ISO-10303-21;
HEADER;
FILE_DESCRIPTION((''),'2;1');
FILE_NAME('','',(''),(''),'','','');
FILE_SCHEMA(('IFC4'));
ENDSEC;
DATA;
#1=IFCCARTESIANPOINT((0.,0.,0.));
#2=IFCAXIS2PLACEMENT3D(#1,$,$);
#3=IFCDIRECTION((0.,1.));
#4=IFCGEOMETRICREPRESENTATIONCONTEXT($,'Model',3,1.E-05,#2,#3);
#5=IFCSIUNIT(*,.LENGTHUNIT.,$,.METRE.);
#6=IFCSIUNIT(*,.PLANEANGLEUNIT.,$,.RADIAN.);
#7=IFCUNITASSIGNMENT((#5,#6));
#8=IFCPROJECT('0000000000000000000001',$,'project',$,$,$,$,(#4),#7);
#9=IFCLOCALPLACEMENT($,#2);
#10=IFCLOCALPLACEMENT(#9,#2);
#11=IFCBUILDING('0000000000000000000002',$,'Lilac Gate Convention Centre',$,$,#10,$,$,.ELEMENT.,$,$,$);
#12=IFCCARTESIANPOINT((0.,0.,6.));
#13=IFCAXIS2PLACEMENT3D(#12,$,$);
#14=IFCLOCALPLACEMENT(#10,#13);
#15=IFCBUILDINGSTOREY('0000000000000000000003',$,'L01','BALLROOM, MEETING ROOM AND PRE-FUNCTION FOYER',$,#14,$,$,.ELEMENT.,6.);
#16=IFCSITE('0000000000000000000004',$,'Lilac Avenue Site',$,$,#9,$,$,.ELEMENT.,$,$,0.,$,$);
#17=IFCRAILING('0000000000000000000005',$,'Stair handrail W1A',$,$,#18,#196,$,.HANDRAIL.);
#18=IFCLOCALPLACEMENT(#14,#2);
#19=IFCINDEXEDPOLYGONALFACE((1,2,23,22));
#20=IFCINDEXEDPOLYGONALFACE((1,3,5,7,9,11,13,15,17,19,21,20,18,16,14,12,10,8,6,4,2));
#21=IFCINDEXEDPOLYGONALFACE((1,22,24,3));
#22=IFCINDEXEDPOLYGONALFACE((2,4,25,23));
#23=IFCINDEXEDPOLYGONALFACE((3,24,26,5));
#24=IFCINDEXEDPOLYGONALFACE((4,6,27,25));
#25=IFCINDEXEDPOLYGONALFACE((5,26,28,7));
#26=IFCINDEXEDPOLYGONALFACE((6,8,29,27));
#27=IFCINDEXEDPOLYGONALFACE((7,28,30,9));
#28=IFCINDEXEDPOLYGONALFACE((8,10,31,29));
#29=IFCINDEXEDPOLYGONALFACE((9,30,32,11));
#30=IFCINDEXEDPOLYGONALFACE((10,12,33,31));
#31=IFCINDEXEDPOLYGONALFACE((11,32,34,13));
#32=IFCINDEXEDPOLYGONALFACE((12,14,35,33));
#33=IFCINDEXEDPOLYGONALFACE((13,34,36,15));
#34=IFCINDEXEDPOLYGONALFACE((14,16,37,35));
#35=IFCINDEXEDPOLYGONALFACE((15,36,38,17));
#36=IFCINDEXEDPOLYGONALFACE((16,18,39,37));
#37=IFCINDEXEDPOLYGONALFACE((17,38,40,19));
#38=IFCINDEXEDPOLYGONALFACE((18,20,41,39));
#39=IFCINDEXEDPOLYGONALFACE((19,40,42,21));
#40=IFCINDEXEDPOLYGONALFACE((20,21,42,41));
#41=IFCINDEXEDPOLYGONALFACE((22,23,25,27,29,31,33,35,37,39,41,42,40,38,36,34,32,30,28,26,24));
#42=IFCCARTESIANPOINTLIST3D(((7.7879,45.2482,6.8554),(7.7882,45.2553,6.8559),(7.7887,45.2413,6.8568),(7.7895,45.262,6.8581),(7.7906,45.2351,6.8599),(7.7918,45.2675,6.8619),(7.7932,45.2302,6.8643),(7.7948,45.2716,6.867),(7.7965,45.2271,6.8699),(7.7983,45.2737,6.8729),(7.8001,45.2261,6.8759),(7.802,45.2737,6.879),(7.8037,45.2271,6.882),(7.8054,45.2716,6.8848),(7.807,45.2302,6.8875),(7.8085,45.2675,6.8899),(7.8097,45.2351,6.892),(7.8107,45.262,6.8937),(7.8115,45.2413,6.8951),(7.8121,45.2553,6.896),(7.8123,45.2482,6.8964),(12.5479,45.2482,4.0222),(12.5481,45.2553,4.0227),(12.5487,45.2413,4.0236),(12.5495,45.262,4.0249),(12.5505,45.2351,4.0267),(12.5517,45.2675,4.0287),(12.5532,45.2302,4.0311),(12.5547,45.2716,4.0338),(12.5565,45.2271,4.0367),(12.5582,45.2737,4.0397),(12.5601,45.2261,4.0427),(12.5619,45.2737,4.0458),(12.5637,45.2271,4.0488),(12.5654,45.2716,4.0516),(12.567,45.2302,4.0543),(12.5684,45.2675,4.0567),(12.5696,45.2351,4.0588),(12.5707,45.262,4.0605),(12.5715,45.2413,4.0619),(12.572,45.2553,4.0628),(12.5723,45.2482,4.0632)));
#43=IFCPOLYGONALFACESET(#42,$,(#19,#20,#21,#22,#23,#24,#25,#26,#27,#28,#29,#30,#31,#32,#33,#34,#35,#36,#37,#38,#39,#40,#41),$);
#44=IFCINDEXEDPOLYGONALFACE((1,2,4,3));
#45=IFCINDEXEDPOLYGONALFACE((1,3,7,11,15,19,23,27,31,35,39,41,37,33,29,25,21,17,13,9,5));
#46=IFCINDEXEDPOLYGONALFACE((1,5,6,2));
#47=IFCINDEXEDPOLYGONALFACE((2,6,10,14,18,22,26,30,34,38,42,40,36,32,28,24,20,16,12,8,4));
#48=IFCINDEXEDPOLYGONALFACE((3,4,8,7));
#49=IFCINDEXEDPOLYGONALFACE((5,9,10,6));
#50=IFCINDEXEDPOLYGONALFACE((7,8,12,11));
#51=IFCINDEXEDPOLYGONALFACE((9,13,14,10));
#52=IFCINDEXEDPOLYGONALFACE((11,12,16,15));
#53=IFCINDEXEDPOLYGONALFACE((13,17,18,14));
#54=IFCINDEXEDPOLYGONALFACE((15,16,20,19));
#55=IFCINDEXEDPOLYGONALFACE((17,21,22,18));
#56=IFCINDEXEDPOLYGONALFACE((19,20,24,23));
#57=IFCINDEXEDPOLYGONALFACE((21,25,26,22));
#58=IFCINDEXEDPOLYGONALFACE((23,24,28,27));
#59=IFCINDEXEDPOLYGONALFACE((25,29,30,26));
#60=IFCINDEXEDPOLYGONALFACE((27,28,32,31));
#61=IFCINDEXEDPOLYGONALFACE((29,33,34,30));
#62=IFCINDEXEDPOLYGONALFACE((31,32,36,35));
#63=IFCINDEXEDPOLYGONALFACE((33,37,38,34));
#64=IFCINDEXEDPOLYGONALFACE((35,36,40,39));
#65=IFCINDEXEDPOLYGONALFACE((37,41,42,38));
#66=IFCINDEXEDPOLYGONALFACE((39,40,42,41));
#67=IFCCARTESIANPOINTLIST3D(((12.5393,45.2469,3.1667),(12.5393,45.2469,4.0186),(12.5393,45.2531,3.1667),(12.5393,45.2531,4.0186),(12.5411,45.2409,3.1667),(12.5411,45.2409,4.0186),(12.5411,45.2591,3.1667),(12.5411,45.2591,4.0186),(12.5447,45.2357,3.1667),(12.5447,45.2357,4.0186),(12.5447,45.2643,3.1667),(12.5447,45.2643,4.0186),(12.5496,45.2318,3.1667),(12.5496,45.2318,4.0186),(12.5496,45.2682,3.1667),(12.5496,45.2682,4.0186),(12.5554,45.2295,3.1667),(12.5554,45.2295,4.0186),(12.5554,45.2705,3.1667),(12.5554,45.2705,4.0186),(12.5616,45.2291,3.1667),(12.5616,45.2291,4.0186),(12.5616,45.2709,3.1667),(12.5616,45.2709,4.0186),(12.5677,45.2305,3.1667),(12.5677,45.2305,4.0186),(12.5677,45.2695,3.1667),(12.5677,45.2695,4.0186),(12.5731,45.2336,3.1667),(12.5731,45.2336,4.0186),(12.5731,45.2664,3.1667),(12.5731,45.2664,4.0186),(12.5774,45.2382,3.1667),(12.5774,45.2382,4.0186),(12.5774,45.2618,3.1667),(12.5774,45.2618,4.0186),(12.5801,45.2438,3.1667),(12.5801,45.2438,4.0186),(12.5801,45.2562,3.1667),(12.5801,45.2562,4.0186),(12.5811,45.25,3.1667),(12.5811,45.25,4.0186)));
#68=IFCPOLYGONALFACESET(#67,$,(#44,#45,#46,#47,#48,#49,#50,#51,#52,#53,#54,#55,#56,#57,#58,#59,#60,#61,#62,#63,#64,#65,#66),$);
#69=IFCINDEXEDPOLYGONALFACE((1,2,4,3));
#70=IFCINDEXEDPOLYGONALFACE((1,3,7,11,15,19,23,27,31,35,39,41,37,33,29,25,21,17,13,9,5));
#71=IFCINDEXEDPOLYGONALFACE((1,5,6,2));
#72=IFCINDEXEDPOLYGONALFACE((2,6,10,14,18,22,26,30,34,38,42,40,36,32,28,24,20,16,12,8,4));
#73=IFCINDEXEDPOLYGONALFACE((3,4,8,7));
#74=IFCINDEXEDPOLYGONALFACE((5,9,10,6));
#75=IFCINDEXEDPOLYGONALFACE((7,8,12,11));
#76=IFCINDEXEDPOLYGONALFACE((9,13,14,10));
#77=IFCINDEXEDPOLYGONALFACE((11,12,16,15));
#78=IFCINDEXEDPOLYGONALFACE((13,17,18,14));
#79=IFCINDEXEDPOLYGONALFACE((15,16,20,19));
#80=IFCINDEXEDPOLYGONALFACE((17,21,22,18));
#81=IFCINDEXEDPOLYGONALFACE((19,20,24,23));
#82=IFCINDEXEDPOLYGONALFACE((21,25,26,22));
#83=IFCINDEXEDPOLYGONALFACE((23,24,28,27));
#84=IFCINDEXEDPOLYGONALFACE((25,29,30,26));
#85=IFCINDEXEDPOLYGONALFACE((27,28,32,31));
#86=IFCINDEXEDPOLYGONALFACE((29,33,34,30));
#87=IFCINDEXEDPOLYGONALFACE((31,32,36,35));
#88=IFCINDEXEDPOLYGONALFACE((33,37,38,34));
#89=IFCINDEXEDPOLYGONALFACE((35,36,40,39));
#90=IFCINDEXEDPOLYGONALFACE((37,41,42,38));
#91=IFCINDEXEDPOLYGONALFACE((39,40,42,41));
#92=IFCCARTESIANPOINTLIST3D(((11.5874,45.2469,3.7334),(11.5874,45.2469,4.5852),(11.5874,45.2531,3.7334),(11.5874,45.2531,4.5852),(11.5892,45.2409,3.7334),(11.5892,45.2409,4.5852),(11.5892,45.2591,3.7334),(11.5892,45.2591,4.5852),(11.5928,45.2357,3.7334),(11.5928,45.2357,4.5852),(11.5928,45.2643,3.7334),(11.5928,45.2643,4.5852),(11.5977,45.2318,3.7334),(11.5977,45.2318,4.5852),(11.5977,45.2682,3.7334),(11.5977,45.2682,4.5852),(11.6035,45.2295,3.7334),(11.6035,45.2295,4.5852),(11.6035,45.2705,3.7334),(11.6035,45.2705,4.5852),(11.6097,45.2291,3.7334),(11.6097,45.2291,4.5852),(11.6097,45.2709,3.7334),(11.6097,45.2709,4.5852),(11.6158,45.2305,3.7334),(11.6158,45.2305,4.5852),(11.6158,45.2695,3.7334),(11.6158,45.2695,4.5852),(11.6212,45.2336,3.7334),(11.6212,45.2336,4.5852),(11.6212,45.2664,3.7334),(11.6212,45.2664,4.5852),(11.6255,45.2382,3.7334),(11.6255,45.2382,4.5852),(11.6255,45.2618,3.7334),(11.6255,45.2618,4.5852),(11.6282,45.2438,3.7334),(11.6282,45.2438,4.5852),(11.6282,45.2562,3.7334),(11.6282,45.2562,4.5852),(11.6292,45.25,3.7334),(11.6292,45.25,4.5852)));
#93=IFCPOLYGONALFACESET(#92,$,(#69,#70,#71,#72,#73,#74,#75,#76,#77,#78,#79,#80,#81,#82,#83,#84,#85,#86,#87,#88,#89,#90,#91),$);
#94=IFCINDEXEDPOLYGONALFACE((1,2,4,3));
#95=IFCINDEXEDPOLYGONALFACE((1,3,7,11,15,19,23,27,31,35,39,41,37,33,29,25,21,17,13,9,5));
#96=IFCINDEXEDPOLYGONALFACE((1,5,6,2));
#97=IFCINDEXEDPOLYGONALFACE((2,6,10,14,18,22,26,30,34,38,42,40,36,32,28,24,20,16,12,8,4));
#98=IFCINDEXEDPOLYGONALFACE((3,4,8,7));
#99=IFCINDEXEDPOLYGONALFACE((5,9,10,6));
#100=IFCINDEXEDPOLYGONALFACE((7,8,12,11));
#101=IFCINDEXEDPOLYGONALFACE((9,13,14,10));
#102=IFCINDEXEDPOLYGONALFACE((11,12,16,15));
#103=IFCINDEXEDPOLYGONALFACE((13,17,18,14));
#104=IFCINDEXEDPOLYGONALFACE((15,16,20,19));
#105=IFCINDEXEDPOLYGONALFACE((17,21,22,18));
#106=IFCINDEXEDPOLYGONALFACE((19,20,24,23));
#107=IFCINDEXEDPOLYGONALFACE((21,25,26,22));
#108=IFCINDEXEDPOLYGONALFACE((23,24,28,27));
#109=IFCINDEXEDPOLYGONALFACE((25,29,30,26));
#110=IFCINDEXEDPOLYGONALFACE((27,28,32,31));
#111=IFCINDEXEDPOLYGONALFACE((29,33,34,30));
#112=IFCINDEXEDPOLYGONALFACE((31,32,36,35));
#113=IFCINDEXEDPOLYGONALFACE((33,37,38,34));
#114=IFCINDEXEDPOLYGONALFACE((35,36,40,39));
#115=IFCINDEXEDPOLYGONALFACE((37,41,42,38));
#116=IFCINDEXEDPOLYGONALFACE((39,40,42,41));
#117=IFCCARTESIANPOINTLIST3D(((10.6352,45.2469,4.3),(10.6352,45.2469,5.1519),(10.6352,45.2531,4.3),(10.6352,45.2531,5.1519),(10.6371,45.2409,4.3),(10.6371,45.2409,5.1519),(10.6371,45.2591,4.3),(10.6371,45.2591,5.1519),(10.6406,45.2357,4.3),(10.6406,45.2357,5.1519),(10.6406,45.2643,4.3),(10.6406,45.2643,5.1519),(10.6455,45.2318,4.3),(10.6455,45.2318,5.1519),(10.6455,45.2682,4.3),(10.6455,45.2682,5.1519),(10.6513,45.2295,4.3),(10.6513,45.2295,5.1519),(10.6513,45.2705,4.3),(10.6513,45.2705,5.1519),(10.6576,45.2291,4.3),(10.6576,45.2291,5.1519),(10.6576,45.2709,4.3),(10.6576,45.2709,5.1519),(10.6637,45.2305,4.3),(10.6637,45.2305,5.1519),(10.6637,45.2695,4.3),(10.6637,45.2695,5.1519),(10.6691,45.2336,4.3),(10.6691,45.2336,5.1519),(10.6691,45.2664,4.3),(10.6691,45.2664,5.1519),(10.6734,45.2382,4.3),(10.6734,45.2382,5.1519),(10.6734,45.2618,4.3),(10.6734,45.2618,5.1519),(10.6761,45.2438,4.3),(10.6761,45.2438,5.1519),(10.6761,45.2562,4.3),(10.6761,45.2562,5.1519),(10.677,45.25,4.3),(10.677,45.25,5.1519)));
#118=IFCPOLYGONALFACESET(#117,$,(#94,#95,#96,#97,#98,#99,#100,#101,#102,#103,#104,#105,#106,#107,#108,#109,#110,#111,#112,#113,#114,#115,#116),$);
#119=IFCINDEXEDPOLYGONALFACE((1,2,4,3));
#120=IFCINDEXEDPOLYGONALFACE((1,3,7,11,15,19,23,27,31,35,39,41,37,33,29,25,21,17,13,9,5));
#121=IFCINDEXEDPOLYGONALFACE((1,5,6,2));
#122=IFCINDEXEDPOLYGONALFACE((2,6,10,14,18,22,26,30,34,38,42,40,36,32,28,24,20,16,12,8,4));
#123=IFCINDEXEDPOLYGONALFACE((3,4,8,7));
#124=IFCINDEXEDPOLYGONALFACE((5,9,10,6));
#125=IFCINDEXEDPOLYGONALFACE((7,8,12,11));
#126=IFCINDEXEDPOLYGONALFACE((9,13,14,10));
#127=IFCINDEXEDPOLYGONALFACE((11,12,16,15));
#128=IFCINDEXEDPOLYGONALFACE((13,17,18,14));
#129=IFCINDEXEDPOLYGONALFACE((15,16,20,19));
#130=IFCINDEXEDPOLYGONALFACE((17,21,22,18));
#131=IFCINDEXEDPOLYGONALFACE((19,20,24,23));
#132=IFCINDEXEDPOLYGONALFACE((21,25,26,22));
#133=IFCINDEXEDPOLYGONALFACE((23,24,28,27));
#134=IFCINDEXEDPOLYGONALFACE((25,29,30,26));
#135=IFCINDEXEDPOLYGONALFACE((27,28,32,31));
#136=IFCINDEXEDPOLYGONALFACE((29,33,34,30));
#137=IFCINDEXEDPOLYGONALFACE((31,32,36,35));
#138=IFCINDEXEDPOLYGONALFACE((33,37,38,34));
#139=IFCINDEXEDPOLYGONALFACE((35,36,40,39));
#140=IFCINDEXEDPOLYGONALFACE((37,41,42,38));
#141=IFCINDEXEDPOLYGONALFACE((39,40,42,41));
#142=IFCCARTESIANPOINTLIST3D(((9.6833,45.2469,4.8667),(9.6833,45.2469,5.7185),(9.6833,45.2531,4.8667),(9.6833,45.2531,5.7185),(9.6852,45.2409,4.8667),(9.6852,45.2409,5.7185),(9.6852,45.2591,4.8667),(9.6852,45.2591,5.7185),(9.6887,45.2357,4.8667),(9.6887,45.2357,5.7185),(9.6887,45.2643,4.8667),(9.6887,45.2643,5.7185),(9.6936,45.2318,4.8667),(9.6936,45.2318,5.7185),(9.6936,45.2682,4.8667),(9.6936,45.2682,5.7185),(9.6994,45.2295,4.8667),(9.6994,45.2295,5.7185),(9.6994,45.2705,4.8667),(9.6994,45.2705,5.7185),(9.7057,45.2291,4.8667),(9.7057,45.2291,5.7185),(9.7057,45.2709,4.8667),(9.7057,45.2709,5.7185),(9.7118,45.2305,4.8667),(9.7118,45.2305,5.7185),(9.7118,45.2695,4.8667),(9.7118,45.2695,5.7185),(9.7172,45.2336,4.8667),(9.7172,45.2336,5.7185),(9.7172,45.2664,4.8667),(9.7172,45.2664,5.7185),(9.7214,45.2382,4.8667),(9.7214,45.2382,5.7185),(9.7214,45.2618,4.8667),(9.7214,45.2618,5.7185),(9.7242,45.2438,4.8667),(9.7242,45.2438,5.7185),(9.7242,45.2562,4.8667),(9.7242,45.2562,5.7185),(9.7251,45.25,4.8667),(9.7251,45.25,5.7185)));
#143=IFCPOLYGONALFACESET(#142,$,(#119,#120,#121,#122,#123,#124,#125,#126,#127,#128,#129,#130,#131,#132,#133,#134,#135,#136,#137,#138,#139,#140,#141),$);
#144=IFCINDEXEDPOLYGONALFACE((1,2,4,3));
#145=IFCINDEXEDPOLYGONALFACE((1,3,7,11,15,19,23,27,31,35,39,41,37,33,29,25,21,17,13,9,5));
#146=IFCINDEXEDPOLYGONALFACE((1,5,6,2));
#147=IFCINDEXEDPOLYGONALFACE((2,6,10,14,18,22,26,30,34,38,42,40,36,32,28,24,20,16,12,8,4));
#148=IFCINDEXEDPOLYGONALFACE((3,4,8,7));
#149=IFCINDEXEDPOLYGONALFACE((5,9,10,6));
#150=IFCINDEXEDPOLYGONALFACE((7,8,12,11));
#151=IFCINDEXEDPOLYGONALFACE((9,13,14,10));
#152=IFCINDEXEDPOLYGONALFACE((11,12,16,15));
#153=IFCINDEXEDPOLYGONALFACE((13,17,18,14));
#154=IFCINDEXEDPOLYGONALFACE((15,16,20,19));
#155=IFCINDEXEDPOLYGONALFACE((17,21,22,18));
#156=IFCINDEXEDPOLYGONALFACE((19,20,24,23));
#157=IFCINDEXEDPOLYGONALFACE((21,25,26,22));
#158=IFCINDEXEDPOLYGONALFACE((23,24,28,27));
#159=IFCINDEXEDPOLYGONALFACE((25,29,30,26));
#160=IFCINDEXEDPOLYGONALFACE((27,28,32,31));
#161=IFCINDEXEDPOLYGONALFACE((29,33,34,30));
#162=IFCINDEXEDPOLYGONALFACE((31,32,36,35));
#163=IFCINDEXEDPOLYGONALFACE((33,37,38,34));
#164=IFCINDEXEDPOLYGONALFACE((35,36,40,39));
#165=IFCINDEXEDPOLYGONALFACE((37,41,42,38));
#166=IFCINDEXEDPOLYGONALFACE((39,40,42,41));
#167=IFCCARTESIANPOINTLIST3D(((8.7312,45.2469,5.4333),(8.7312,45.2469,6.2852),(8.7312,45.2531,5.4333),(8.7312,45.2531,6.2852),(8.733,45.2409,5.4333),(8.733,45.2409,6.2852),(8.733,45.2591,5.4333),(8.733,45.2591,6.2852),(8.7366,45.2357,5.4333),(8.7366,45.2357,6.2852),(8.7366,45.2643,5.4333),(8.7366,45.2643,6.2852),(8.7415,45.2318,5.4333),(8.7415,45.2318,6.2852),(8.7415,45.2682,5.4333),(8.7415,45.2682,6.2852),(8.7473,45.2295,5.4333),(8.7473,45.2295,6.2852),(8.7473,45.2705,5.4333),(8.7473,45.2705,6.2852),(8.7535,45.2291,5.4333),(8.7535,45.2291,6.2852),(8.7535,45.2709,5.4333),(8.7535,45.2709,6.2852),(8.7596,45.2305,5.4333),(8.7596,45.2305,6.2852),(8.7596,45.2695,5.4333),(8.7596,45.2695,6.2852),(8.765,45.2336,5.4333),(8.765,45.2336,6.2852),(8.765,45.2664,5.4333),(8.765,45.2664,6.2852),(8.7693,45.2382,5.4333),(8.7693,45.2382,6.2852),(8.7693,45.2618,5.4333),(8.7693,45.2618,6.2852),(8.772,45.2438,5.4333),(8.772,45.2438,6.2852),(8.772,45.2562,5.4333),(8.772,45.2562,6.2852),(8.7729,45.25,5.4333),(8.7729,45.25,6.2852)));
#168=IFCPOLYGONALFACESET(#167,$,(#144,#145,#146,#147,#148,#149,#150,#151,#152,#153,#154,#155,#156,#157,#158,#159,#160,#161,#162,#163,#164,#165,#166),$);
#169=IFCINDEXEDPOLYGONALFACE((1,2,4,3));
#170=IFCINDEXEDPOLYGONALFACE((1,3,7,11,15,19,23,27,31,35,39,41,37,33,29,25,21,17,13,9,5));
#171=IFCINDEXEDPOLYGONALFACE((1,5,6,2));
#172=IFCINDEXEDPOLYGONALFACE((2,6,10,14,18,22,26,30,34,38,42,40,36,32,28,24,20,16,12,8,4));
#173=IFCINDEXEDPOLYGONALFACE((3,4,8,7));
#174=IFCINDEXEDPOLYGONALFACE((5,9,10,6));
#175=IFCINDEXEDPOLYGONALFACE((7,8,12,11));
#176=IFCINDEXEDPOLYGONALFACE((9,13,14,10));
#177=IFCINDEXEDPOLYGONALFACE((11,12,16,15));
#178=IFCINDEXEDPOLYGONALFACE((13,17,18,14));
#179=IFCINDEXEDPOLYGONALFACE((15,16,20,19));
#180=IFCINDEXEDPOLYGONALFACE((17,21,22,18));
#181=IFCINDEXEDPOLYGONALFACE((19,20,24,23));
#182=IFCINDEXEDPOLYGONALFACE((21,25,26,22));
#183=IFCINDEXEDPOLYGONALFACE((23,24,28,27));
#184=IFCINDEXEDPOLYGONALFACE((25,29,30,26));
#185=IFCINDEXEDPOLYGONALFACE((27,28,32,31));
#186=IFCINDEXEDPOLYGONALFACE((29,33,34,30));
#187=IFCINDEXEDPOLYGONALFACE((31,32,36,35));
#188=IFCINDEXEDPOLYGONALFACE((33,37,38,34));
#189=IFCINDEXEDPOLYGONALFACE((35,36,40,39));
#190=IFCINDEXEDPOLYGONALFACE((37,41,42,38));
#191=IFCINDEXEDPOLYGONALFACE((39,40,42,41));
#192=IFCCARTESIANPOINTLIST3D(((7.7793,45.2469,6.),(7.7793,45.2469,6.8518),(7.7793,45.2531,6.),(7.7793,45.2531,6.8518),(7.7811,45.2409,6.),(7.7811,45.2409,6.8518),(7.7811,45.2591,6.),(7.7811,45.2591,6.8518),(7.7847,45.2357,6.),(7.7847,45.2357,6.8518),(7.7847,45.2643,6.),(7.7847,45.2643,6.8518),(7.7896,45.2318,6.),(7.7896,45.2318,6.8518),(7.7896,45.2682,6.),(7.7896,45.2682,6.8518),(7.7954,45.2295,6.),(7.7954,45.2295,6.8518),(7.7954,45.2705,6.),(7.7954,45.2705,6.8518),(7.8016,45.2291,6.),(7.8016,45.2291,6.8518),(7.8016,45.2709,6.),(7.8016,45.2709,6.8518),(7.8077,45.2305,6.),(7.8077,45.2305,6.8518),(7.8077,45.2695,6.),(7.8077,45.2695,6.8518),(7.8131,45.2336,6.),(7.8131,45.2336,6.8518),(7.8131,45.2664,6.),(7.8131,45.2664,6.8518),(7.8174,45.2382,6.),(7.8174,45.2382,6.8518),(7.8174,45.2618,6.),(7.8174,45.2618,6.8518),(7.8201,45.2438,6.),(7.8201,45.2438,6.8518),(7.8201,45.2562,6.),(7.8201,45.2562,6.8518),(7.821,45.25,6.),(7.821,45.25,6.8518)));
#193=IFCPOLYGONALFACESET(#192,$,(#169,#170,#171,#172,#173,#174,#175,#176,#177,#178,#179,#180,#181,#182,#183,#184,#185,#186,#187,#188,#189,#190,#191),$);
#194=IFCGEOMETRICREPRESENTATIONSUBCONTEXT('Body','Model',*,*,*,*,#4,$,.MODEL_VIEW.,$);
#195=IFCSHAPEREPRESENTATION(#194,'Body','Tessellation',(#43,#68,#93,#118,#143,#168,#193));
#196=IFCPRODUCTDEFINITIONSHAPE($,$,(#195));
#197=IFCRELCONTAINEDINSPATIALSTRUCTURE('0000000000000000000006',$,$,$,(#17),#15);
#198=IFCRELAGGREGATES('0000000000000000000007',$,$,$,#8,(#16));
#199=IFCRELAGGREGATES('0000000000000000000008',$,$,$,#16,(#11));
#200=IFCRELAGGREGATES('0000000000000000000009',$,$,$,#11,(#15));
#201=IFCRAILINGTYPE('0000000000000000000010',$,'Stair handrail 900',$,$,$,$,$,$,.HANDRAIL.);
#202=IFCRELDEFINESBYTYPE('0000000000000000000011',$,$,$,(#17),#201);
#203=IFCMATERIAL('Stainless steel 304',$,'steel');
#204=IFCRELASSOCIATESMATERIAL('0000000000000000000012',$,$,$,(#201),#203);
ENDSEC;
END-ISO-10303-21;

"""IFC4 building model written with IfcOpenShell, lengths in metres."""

from ifc_helpers import new_model, si_unit, direction, frame, origin, origin_2d, place, context, subcontext, project, spatial, circle, extrude, material, type_object, element, save


model = new_model("IFC4")

# Units and contexts
model_context = context("Model", 3, precision=1e-05, world=origin(), true_north=direction((0.0, 1.0)))
body_context = subcontext(model_context, "Body", "Model", "MODEL_VIEW")
ifc_project = project(units=[si_unit("LENGTHUNIT", "METRE"), si_unit("PLANEANGLEUNIT", "RADIAN")], contexts=[model_context])

# Site, building, storey
site_placement = place(None, origin())
site = spatial("IfcSite", under=ifc_project, at=site_placement, Name="Lilac Avenue Site", CompositionType="ELEMENT", RefElevation=0.0)
building_placement = place(site_placement, origin())
building = spatial("IfcBuilding", under=site, at=building_placement, Name="Lilac Gate Convention Centre", CompositionType="ELEMENT")
storey_placement = place(building_placement, frame((0.0, 0.0, 6.0)))
storey = spatial("IfcBuildingStorey", under=building, at=storey_placement, Name="L01", Description="BALLROOM, MEETING ROOM AND PRE-FUNCTION FOYER", CompositionType="ELEMENT", Elevation=6.0)

# Shared definitions
ifc_material_1 = material(Name="Stainless steel 304", Category="steel")

# Railing
railing_type = type_object("IfcRailingType", Name="Stair handrail 900", PredefinedType="HANDRAIL", material=ifc_material_1)
for number, where, name in (
    (1, (12.5601, 45.25, 3.1667), "Stair handrail W1A"),
):
    element("IfcRailing", number, at=place(storey_placement, frame(where)), inside=storey, type_object=railing_type, Name=name, PredefinedType="HANDRAIL", context=body_context, shape_type="SweptSolid", body=[
        extrude(circle(Radius=0.0239, at=origin_2d()), frame((0.0, 0.0, 0.876), z_axis=(-0.8593, 0.0, 0.511472), x_axis=(0.0, -1.0, 0.0)), (0.0, 0.0, 1.0), 5.5393),
        extrude(circle(Radius=0.021, at=origin_2d()), origin(), (0.0, 0.0, 1.0), 0.8518),
        extrude(circle(Radius=0.021, at=origin_2d()), frame((-0.9519, 0.0, 0.5667)), (0.0, 0.0, 1.0), 0.8518),
        extrude(circle(Radius=0.021, at=origin_2d()), frame((-1.9041, 0.0, 1.1333)), (0.0, 0.0, 1.0), 0.8518),
        extrude(circle(Radius=0.021, at=origin_2d()), frame((-2.856, 0.0, 1.7)), (0.0, 0.0, 1.0), 0.8518),
        extrude(circle(Radius=0.021, at=origin_2d()), frame((-3.8081, 0.0, 2.2666)), (0.0, 0.0, 1.0), 0.8518),
        extrude(circle(Radius=0.021, at=origin_2d()), frame((-4.76, 0.0, 2.8333)), (0.0, 0.0, 1.0), 0.8518),
    ])

save(model, "model.ifc")
